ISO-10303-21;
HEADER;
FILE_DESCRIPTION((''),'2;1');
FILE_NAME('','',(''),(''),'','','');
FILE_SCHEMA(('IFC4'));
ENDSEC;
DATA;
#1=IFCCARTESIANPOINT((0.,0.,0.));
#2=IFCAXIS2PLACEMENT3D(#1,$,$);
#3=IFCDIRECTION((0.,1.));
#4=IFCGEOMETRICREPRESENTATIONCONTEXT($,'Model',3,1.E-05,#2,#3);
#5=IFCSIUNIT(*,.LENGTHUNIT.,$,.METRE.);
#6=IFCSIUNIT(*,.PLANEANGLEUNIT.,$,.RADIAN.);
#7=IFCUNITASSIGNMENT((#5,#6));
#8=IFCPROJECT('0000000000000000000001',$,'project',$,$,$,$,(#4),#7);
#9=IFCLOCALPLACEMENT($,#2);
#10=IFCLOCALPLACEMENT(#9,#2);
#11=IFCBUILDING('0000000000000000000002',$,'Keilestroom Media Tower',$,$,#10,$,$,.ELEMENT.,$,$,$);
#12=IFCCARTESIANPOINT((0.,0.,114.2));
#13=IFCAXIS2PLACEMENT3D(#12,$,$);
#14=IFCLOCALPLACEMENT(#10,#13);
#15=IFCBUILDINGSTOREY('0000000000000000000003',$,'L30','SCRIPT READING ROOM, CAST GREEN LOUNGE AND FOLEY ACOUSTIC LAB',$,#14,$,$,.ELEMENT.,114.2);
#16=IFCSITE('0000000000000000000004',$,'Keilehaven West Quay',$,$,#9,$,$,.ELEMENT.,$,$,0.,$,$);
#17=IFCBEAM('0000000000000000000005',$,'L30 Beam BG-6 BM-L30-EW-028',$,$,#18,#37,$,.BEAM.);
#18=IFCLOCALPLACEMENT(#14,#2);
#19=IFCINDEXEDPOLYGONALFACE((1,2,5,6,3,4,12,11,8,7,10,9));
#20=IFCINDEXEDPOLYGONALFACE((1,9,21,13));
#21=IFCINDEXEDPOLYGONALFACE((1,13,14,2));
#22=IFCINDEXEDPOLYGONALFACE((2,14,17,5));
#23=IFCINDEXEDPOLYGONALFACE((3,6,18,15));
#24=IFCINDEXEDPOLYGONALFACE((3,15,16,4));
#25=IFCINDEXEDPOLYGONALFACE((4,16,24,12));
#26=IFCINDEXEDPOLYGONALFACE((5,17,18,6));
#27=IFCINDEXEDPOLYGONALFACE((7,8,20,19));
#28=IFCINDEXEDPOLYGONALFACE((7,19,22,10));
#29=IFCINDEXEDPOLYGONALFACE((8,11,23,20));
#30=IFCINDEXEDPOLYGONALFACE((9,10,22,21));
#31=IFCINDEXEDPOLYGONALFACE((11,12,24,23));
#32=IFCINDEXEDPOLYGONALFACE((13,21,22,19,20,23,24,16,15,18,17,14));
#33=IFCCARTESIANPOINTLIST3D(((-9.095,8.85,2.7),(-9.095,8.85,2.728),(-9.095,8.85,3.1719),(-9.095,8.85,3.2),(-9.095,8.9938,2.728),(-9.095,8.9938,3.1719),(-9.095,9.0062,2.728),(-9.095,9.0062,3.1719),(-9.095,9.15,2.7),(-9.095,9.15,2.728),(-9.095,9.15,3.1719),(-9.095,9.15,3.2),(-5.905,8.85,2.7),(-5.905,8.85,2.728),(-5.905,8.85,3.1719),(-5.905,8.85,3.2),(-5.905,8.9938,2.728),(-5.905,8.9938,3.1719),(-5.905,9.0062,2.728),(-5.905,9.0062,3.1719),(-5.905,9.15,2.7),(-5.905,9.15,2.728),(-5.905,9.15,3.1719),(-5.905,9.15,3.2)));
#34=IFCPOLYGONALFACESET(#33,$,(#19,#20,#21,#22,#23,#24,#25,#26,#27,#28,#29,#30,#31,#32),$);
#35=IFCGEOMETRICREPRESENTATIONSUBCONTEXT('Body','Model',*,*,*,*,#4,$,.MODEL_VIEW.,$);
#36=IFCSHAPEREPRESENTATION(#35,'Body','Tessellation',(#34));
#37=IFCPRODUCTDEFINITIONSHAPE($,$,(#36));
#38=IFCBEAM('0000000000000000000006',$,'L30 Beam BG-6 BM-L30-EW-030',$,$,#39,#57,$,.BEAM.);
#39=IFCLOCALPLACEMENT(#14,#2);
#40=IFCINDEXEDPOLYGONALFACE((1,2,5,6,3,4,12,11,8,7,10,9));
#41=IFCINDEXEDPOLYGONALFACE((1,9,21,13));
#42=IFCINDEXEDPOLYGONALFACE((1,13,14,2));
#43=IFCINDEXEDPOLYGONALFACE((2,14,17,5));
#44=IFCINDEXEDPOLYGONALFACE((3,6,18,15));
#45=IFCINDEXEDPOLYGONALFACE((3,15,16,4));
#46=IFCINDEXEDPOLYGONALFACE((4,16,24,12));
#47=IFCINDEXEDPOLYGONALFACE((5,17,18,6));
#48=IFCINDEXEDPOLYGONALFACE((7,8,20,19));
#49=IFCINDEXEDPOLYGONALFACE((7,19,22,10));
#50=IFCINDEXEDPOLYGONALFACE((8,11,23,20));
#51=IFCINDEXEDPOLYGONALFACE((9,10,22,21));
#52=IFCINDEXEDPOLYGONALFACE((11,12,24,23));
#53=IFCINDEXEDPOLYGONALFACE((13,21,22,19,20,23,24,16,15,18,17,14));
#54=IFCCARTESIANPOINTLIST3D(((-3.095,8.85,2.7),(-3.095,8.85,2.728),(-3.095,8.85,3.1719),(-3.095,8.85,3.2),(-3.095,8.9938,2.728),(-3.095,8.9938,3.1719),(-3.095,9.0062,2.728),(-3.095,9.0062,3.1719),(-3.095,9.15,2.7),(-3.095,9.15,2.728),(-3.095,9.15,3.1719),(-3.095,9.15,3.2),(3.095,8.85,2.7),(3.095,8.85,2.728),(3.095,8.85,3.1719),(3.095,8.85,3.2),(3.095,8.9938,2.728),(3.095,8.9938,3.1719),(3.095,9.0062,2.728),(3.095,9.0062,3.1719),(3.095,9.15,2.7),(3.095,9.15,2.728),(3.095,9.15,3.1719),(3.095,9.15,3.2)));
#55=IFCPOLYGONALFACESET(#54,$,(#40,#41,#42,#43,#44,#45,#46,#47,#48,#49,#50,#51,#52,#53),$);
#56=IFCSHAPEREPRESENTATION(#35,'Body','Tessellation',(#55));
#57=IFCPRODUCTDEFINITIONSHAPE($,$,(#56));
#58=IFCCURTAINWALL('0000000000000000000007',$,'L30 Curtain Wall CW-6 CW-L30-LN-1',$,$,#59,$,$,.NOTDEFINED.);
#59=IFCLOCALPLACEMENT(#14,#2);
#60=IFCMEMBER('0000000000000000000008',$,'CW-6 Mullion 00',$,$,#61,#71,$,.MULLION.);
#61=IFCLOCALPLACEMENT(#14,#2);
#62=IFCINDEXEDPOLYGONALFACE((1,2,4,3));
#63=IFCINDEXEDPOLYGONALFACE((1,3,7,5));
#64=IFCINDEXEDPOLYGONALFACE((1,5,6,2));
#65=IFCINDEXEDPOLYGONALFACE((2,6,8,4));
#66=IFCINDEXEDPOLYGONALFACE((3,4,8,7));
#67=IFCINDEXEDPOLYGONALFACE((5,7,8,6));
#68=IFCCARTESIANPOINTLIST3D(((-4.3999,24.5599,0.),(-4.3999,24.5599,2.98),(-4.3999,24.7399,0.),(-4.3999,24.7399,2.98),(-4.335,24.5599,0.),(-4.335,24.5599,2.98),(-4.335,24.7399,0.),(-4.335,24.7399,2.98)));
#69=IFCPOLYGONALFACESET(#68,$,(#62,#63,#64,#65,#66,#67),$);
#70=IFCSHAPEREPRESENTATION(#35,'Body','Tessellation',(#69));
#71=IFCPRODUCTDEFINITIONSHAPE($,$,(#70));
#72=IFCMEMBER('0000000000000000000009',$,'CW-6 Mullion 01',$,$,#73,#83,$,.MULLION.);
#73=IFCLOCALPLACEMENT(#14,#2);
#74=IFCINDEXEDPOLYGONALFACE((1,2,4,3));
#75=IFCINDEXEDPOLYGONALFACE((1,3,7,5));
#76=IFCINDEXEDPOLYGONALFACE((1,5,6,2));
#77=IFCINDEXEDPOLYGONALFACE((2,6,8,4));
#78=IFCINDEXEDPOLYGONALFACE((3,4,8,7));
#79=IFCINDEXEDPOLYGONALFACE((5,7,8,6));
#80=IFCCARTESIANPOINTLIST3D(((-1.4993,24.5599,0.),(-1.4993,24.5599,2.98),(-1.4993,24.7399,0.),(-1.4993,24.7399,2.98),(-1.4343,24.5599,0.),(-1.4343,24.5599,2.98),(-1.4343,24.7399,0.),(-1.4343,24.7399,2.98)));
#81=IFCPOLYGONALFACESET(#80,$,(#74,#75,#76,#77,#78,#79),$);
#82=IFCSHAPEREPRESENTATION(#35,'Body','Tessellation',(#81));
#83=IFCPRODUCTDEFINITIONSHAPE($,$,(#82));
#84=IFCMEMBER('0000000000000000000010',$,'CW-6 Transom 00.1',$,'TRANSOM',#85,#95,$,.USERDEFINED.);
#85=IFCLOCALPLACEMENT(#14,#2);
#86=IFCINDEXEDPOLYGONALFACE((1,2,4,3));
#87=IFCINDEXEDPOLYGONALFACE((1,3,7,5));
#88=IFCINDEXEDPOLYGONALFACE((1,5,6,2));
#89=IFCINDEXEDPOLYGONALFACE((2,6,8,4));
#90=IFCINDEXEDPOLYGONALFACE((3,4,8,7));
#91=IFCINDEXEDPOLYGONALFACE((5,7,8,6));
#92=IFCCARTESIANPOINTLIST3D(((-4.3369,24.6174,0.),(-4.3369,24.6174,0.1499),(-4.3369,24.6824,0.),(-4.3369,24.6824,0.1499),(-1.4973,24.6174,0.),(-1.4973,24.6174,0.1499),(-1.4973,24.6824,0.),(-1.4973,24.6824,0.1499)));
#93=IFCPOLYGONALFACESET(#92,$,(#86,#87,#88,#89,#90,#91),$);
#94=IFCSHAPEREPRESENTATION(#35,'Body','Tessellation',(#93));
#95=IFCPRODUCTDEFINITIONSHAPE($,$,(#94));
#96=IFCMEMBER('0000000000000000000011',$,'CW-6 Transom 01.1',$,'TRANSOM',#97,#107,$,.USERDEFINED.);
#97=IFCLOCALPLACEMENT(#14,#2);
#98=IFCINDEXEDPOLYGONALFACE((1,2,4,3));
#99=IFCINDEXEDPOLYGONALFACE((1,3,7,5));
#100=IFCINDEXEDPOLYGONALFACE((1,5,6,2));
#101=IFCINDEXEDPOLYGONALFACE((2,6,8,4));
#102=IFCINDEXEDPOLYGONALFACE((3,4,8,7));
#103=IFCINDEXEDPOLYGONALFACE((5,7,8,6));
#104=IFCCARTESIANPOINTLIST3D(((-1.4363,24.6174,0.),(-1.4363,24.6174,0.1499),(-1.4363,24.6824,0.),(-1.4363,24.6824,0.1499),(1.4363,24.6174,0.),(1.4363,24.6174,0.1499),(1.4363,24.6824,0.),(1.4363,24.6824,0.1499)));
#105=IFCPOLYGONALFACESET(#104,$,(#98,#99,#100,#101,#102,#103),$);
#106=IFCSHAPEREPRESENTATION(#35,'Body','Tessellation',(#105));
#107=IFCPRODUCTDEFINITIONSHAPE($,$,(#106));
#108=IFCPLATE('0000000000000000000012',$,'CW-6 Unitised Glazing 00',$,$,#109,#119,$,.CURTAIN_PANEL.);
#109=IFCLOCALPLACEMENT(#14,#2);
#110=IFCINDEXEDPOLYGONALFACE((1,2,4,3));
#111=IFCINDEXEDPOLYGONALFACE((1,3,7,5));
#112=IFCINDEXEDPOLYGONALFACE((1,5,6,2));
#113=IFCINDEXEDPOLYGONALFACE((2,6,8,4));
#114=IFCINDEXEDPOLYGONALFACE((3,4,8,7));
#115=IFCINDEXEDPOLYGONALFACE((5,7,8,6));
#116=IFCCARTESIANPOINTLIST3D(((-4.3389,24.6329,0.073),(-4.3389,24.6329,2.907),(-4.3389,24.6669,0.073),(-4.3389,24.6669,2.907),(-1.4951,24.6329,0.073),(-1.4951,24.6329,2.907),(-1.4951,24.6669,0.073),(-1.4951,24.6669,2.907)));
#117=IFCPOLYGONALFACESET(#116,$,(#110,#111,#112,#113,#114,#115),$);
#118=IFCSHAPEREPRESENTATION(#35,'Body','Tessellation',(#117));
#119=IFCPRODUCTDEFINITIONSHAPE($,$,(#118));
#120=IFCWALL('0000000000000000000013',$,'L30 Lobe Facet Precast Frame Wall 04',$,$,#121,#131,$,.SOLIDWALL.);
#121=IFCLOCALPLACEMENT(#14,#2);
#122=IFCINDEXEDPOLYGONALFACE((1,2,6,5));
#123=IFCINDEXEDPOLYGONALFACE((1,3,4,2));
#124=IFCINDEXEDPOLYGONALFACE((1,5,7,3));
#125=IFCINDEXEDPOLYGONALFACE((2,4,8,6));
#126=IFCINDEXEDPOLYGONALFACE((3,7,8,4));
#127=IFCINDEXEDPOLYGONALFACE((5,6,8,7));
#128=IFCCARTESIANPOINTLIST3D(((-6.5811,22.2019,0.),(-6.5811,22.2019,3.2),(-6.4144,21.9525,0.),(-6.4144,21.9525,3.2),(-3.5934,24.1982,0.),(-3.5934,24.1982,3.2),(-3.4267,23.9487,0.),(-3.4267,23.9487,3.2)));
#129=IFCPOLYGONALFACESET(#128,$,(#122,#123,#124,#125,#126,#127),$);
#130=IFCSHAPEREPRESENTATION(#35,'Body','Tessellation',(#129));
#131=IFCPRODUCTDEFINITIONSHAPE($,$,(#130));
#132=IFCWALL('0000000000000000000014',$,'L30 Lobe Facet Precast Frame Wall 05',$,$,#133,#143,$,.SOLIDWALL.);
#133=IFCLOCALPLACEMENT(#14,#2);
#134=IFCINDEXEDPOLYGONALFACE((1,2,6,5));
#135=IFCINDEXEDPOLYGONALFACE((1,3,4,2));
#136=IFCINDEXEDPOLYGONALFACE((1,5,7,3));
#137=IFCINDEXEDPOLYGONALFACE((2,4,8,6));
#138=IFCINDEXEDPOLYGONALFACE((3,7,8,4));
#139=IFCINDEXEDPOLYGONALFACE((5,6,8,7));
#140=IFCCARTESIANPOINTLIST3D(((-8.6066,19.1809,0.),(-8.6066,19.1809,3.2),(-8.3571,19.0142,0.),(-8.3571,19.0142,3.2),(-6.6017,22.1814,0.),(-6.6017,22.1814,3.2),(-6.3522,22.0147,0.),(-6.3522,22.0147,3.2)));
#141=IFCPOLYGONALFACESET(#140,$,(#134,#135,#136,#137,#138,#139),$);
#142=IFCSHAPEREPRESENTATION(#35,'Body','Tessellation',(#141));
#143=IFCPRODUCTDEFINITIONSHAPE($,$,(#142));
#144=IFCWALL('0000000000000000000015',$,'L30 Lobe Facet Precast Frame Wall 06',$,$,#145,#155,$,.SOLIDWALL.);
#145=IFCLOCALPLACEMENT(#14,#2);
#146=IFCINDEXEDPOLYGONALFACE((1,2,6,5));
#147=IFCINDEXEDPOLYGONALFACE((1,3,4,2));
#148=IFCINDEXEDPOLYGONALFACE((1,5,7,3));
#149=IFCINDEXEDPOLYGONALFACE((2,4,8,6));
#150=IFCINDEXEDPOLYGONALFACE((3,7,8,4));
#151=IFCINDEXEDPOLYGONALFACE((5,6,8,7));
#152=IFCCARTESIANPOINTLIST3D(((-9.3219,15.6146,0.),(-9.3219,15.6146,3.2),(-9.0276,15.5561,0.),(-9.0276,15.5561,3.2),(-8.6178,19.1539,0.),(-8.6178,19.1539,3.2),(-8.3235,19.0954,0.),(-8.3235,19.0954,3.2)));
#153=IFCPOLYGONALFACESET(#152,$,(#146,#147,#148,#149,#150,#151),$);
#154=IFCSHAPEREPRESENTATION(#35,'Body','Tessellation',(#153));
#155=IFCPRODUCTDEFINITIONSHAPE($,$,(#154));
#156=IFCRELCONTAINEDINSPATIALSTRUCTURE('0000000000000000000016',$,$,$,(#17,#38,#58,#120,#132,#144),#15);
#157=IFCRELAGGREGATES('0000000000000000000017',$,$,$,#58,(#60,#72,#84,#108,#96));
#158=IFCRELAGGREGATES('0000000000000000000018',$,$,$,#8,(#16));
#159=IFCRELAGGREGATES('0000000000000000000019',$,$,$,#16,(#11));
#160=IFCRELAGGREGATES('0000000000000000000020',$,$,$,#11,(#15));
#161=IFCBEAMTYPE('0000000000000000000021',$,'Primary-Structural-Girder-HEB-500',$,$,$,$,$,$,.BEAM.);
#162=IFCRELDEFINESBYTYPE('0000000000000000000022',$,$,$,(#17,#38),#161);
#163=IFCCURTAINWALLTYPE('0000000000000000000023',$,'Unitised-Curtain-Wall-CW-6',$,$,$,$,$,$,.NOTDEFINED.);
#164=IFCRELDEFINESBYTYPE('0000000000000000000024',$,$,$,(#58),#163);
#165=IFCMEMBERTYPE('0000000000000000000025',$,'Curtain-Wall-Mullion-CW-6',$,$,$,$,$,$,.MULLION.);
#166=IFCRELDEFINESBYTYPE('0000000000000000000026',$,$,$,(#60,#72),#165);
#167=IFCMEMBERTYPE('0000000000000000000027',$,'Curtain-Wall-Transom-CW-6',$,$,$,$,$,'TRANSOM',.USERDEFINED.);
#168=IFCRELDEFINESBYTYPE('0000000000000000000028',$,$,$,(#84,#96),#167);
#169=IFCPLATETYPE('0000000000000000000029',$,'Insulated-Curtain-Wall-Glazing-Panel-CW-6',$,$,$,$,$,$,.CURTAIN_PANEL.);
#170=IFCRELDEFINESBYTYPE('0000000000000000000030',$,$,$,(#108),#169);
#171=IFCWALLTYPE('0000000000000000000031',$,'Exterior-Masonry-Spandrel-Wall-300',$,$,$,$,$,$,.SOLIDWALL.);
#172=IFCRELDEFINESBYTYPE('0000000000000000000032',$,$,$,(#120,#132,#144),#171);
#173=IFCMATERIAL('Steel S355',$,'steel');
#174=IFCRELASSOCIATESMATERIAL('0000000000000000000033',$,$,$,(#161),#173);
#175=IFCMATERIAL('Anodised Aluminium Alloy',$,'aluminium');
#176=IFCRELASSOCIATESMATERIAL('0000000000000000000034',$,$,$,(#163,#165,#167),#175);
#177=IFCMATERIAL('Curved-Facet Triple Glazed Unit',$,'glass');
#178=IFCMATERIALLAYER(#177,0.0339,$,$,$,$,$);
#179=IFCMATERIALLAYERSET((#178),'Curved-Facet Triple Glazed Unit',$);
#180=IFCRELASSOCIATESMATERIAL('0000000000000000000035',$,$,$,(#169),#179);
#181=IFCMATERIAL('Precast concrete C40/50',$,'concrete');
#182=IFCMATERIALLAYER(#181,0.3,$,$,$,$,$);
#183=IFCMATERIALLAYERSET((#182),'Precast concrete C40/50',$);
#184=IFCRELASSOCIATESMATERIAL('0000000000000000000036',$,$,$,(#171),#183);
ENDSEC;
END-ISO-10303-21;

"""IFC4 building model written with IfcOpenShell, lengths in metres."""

from ifc_helpers import new_model, si_unit, direction, frame, frame_2d, origin, origin_2d, place, context, subcontext, project, spatial, rectangle, i_section, extrude, source, transform, mapped, material, layer, layer_set, material_profile, profile_set, type_object, element, aggregate, save


model = new_model("IFC4")

# Units and contexts
model_context = context("Model", 3, precision=1e-05, world=origin(), true_north=direction((0.0, 1.0)))
body_context = subcontext(model_context, "Body", "Model", "MODEL_VIEW")
ifc_project = project(units=[si_unit("LENGTHUNIT", "METRE"), si_unit("PLANEANGLEUNIT", "RADIAN")], contexts=[model_context])

# Site, building, storey
site_placement = place(None, origin())
site = spatial("IfcSite", under=ifc_project, at=site_placement, Name="Keilehaven West Quay", CompositionType="ELEMENT", RefElevation=0.0)
building_placement = place(site_placement, origin())
building = spatial("IfcBuilding", under=site, at=building_placement, Name="Keilestroom Media Tower", CompositionType="ELEMENT")
storey_placement = place(building_placement, frame((0.0, 0.0, 114.2)))
storey = spatial("IfcBuildingStorey", under=building, at=storey_placement, Name="L30", Description="SCRIPT READING ROOM, CAST GREEN LOUNGE AND FOLEY ACOUSTIC LAB", CompositionType="ELEMENT", Elevation=114.2)

# Shared definitions
ifc_material_1 = material(Name="Steel S355", Category="steel")

# Beams
ifc_material_profile_1 = material_profile(ifc_material_1, i_section(OverallWidth=0.3, OverallDepth=0.5, WebThickness=0.0125, FlangeThickness=0.0281, at=origin_2d()), Name="HEB 500")
ifc_profile_set_1 = profile_set([ifc_material_profile_1], Name="Steel S355")
beam_type = type_object("IfcBeamType", Name="Primary-Structural-Girder-HEB-500", PredefinedType="BEAM", material=ifc_profile_set_1)
shared_shape_1 = source(origin(), body_context, "Body", "SweptSolid", [
    extrude(i_section(OverallWidth=0.3, OverallDepth=0.5, WebThickness=0.0125, FlangeThickness=0.0281, at=origin_2d()), origin(), (0.0, 0.0, 1.0), 3.1899),
])
beam_1_placement = place(storey_placement, frame((-9.095, 9.0, 2.95), z_axis=(1.0, 0.0, 0.0), x_axis=(0.0, 1.0, 0.0)))
element("IfcBeam", 1, at=beam_1_placement, inside=storey, type_object=beam_type, Name="L30 Beam BG-6 BM-L30-EW-028", PredefinedType="BEAM", context=body_context, shape_type="MappedRepresentation", body=[
    mapped(shared_shape_1, transform((0.0, 0.0, 0.0), x_axis=(1.0, 0.0, 0.0), y_axis=(0.0, 1.0, 0.0), z_axis=(0.0, 0.0, 1.0), scale=1.0)),
])
shared_shape_2 = source(origin(), body_context, "Body", "SweptSolid", [
    extrude(i_section(OverallWidth=0.3, OverallDepth=0.5, WebThickness=0.0125, FlangeThickness=0.0281, at=origin_2d()), origin(), (0.0, 0.0, 1.0), 6.1899),
])
beam_2_placement = place(storey_placement, frame((-3.095, 9.0, 2.95), z_axis=(1.0, 0.0, 0.0), x_axis=(0.0, 1.0, 0.0)))
element("IfcBeam", 2, at=beam_2_placement, inside=storey, type_object=beam_type, Name="L30 Beam BG-6 BM-L30-EW-030", PredefinedType="BEAM", context=body_context, shape_type="MappedRepresentation", body=[
    mapped(shared_shape_2, transform((0.0, 0.0, 0.0), x_axis=(1.0, 0.0, 0.0), y_axis=(0.0, 1.0, 0.0), z_axis=(0.0, 0.0, 1.0), scale=1.0)),
])

# Curtain wall, members, plate
ifc_material_2 = material(Name="Anodised Aluminium Alloy", Category="aluminium")
curtain_wall_type = type_object("IfcCurtainWallType", Name="Unitised-Curtain-Wall-CW-6", PredefinedType="NOTDEFINED", material=ifc_material_2)
curtain_wall_placement = place(storey_placement, origin())
curtain_wall = element("IfcCurtainWall", 3, at=curtain_wall_placement, inside=storey, type_object=curtain_wall_type, Name="L30 Curtain Wall CW-6 CW-L30-LN-1", PredefinedType="NOTDEFINED")
ifc_material_profile_2 = material_profile(ifc_material_2, rectangle(XDim=0.0649, YDim=0.1799, at=origin_2d()), Name="ALU MULLION 65x180")
ifc_profile_set_2 = profile_set([ifc_material_profile_2], Name="Anodised Aluminium Alloy")
member_type_1 = type_object("IfcMemberType", Name="Curtain-Wall-Mullion-CW-6", PredefinedType="MULLION", material=ifc_profile_set_2)
shared_shape_3 = source(origin(), body_context, "Body", "SweptSolid", [
    extrude(rectangle(XDim=0.0649, YDim=0.1799, at=origin_2d()), origin(), (0.0, 0.0, 1.0), 2.98),
])
member_1_placement = place(storey_placement, frame((-4.3674, 24.6499, 0.0), z_axis=(0.0, 0.0, 1.0), x_axis=(1.0, 0.0, 0.0)))
member_1 = element("IfcMember", 4, at=member_1_placement, type_object=member_type_1, Name="CW-6 Mullion 00", PredefinedType="MULLION", context=body_context, shape_type="MappedRepresentation", body=[
    mapped(shared_shape_3, transform((0.0, 0.0, 0.0), x_axis=(1.0, 0.0, 0.0), y_axis=(0.0, 1.0, 0.0), z_axis=(0.0, 0.0, 1.0), scale=1.0)),
])
member_2_placement = place(storey_placement, frame((-1.4668, 24.6499, 0.0), z_axis=(0.0, 0.0, 1.0), x_axis=(1.0, 0.0, 0.0)))
member_2 = element("IfcMember", 5, at=member_2_placement, type_object=member_type_1, Name="CW-6 Mullion 01", PredefinedType="MULLION", context=body_context, shape_type="MappedRepresentation", body=[
    mapped(shared_shape_3, transform((0.0, 0.0, 0.0), x_axis=(1.0, 0.0, 0.0), y_axis=(0.0, 1.0, 0.0), z_axis=(0.0, 0.0, 1.0), scale=1.0)),
])
ifc_material_profile_3 = material_profile(ifc_material_2, rectangle(XDim=0.0649, YDim=0.1499, at=origin_2d()), Name="ALU TRANSOM 65x150")
ifc_profile_set_3 = profile_set([ifc_material_profile_3], Name="Anodised Aluminium Alloy")
member_type_2 = type_object("IfcMemberType", Name="Curtain-Wall-Transom-CW-6", ElementType="TRANSOM", PredefinedType="USERDEFINED", material=ifc_profile_set_3)
shared_shape_4 = source(origin(), body_context, "Body", "SweptSolid", [
    extrude(rectangle(XDim=0.0649, YDim=0.1499, at=origin_2d()), origin(), (0.0, 0.0, 1.0), 2.8396),
])
member_3_placement = place(storey_placement, frame((-4.3369, 24.6499, 0.075), z_axis=(1.0, 0.0, 0.0), x_axis=(0.0, 1.0, 0.0)))
member_3 = element("IfcMember", 6, at=member_3_placement, type_object=member_type_2, Name="CW-6 Transom 00.1", ObjectType="TRANSOM", PredefinedType="USERDEFINED", context=body_context, shape_type="MappedRepresentation", body=[
    mapped(shared_shape_4, transform((0.0, 0.0, 0.0), x_axis=(1.0, 0.0, 0.0), y_axis=(0.0, 1.0, 0.0), z_axis=(0.0, 0.0, 1.0), scale=1.0)),
])
shared_shape_5 = source(origin(), body_context, "Body", "SweptSolid", [
    extrude(rectangle(XDim=0.0649, YDim=0.1499, at=origin_2d()), origin(), (0.0, 0.0, 1.0), 2.8726),
])
member_4_placement = place(storey_placement, frame((-1.4363, 24.6499, 0.075), z_axis=(1.0, 0.0, 0.0), x_axis=(0.0, 1.0, 0.0)))
member_4 = element("IfcMember", 7, at=member_4_placement, type_object=member_type_2, Name="CW-6 Transom 01.1", ObjectType="TRANSOM", PredefinedType="USERDEFINED", context=body_context, shape_type="MappedRepresentation", body=[
    mapped(shared_shape_5, transform((0.0, 0.0, 0.0), x_axis=(1.0, 0.0, 0.0), y_axis=(0.0, 1.0, 0.0), z_axis=(0.0, 0.0, 1.0), scale=1.0)),
])
ifc_material_3 = material(Name="Curved-Facet Triple Glazed Unit", Category="glass")
ifc_layer_1 = layer(ifc_material_3, 0.0339)
ifc_layer_set_1 = layer_set([ifc_layer_1], Name="Curved-Facet Triple Glazed Unit")
plate_type = type_object("IfcPlateType", Name="Insulated-Curtain-Wall-Glazing-Panel-CW-6", PredefinedType="CURTAIN_PANEL", material=ifc_layer_set_1)
shared_shape_6 = source(origin(), body_context, "Body", "SweptSolid", [
    extrude(rectangle(XDim=2.8438, YDim=0.0339, at=origin_2d()), origin(), (0.0, 0.0, 1.0), 2.834),
])
plate_placement = place(storey_placement, frame((-2.917, 24.6499, 0.073), z_axis=(0.0, 0.0, 1.0), x_axis=(1.0, 0.0, 0.0)))
plate = element("IfcPlate", 8, at=plate_placement, type_object=plate_type, Name="CW-6 Unitised Glazing 00", PredefinedType="CURTAIN_PANEL", context=body_context, shape_type="MappedRepresentation", body=[
    mapped(shared_shape_6, transform((0.0, 0.0, 0.0), x_axis=(1.0, 0.0, 0.0), y_axis=(0.0, 1.0, 0.0), z_axis=(0.0, 0.0, 1.0), scale=1.0)),
])
aggregate(curtain_wall, [member_1, member_2, member_3, plate, member_4])

# Walls
ifc_material_4 = material(Name="Precast concrete C40/50", Category="concrete")
ifc_layer_2 = layer(ifc_material_4, 0.3)
ifc_layer_set_2 = layer_set([ifc_layer_2], Name="Precast concrete C40/50")
wall_type_1 = type_object("IfcWallType", Name="Exterior-Masonry-Spandrel-Wall-300", PredefinedType="SOLIDWALL", material=ifc_layer_set_2)
wall_1_placement = place(storey_placement, frame((-3.51, 24.0735, 0.0), z_axis=(0.0, 0.0, 1.0), x_axis=(-0.831475, -0.555562, 0.0)))
element("IfcWall", 9, at=wall_1_placement, inside=storey, type_object=wall_type_1, Name="L30 Lobe Facet Precast Frame Wall 04", PredefinedType="SOLIDWALL", context=body_context, shape_type="SweptSolid", body=[
    extrude(rectangle(XDim=3.5933, YDim=0.3, at=frame_2d((1.7966, 0.0))), origin(), (0.0, 0.0, 1.0), 3.2),
])
for number, where, z_axis, x_axis, name in (
    (10, (-6.4771, 22.0979, 0.0), (0.0, 0.0, 1.0), (-0.555574, -0.831467, 0.0), "L30 Lobe Facet Precast Frame Wall 05"),
    (11, (-8.4707, 19.1245, 0.0), (0.0, 0.0, 1.0), (-0.195114, -0.980781, 0.0), "L30 Lobe Facet Precast Frame Wall 06"),
):
    element("IfcWall", number, at=place(storey_placement, frame(where, z_axis=z_axis, x_axis=x_axis)), inside=storey, type_object=wall_type_1, Name=name, PredefinedType="SOLIDWALL", context=body_context, shape_type="SweptSolid", body=[
        extrude(rectangle(XDim=3.6086, YDim=0.3, at=frame_2d((1.8042, 0.0))), origin(), (0.0, 0.0, 1.0), 3.2),
    ])

save(model, "model.ifc")
